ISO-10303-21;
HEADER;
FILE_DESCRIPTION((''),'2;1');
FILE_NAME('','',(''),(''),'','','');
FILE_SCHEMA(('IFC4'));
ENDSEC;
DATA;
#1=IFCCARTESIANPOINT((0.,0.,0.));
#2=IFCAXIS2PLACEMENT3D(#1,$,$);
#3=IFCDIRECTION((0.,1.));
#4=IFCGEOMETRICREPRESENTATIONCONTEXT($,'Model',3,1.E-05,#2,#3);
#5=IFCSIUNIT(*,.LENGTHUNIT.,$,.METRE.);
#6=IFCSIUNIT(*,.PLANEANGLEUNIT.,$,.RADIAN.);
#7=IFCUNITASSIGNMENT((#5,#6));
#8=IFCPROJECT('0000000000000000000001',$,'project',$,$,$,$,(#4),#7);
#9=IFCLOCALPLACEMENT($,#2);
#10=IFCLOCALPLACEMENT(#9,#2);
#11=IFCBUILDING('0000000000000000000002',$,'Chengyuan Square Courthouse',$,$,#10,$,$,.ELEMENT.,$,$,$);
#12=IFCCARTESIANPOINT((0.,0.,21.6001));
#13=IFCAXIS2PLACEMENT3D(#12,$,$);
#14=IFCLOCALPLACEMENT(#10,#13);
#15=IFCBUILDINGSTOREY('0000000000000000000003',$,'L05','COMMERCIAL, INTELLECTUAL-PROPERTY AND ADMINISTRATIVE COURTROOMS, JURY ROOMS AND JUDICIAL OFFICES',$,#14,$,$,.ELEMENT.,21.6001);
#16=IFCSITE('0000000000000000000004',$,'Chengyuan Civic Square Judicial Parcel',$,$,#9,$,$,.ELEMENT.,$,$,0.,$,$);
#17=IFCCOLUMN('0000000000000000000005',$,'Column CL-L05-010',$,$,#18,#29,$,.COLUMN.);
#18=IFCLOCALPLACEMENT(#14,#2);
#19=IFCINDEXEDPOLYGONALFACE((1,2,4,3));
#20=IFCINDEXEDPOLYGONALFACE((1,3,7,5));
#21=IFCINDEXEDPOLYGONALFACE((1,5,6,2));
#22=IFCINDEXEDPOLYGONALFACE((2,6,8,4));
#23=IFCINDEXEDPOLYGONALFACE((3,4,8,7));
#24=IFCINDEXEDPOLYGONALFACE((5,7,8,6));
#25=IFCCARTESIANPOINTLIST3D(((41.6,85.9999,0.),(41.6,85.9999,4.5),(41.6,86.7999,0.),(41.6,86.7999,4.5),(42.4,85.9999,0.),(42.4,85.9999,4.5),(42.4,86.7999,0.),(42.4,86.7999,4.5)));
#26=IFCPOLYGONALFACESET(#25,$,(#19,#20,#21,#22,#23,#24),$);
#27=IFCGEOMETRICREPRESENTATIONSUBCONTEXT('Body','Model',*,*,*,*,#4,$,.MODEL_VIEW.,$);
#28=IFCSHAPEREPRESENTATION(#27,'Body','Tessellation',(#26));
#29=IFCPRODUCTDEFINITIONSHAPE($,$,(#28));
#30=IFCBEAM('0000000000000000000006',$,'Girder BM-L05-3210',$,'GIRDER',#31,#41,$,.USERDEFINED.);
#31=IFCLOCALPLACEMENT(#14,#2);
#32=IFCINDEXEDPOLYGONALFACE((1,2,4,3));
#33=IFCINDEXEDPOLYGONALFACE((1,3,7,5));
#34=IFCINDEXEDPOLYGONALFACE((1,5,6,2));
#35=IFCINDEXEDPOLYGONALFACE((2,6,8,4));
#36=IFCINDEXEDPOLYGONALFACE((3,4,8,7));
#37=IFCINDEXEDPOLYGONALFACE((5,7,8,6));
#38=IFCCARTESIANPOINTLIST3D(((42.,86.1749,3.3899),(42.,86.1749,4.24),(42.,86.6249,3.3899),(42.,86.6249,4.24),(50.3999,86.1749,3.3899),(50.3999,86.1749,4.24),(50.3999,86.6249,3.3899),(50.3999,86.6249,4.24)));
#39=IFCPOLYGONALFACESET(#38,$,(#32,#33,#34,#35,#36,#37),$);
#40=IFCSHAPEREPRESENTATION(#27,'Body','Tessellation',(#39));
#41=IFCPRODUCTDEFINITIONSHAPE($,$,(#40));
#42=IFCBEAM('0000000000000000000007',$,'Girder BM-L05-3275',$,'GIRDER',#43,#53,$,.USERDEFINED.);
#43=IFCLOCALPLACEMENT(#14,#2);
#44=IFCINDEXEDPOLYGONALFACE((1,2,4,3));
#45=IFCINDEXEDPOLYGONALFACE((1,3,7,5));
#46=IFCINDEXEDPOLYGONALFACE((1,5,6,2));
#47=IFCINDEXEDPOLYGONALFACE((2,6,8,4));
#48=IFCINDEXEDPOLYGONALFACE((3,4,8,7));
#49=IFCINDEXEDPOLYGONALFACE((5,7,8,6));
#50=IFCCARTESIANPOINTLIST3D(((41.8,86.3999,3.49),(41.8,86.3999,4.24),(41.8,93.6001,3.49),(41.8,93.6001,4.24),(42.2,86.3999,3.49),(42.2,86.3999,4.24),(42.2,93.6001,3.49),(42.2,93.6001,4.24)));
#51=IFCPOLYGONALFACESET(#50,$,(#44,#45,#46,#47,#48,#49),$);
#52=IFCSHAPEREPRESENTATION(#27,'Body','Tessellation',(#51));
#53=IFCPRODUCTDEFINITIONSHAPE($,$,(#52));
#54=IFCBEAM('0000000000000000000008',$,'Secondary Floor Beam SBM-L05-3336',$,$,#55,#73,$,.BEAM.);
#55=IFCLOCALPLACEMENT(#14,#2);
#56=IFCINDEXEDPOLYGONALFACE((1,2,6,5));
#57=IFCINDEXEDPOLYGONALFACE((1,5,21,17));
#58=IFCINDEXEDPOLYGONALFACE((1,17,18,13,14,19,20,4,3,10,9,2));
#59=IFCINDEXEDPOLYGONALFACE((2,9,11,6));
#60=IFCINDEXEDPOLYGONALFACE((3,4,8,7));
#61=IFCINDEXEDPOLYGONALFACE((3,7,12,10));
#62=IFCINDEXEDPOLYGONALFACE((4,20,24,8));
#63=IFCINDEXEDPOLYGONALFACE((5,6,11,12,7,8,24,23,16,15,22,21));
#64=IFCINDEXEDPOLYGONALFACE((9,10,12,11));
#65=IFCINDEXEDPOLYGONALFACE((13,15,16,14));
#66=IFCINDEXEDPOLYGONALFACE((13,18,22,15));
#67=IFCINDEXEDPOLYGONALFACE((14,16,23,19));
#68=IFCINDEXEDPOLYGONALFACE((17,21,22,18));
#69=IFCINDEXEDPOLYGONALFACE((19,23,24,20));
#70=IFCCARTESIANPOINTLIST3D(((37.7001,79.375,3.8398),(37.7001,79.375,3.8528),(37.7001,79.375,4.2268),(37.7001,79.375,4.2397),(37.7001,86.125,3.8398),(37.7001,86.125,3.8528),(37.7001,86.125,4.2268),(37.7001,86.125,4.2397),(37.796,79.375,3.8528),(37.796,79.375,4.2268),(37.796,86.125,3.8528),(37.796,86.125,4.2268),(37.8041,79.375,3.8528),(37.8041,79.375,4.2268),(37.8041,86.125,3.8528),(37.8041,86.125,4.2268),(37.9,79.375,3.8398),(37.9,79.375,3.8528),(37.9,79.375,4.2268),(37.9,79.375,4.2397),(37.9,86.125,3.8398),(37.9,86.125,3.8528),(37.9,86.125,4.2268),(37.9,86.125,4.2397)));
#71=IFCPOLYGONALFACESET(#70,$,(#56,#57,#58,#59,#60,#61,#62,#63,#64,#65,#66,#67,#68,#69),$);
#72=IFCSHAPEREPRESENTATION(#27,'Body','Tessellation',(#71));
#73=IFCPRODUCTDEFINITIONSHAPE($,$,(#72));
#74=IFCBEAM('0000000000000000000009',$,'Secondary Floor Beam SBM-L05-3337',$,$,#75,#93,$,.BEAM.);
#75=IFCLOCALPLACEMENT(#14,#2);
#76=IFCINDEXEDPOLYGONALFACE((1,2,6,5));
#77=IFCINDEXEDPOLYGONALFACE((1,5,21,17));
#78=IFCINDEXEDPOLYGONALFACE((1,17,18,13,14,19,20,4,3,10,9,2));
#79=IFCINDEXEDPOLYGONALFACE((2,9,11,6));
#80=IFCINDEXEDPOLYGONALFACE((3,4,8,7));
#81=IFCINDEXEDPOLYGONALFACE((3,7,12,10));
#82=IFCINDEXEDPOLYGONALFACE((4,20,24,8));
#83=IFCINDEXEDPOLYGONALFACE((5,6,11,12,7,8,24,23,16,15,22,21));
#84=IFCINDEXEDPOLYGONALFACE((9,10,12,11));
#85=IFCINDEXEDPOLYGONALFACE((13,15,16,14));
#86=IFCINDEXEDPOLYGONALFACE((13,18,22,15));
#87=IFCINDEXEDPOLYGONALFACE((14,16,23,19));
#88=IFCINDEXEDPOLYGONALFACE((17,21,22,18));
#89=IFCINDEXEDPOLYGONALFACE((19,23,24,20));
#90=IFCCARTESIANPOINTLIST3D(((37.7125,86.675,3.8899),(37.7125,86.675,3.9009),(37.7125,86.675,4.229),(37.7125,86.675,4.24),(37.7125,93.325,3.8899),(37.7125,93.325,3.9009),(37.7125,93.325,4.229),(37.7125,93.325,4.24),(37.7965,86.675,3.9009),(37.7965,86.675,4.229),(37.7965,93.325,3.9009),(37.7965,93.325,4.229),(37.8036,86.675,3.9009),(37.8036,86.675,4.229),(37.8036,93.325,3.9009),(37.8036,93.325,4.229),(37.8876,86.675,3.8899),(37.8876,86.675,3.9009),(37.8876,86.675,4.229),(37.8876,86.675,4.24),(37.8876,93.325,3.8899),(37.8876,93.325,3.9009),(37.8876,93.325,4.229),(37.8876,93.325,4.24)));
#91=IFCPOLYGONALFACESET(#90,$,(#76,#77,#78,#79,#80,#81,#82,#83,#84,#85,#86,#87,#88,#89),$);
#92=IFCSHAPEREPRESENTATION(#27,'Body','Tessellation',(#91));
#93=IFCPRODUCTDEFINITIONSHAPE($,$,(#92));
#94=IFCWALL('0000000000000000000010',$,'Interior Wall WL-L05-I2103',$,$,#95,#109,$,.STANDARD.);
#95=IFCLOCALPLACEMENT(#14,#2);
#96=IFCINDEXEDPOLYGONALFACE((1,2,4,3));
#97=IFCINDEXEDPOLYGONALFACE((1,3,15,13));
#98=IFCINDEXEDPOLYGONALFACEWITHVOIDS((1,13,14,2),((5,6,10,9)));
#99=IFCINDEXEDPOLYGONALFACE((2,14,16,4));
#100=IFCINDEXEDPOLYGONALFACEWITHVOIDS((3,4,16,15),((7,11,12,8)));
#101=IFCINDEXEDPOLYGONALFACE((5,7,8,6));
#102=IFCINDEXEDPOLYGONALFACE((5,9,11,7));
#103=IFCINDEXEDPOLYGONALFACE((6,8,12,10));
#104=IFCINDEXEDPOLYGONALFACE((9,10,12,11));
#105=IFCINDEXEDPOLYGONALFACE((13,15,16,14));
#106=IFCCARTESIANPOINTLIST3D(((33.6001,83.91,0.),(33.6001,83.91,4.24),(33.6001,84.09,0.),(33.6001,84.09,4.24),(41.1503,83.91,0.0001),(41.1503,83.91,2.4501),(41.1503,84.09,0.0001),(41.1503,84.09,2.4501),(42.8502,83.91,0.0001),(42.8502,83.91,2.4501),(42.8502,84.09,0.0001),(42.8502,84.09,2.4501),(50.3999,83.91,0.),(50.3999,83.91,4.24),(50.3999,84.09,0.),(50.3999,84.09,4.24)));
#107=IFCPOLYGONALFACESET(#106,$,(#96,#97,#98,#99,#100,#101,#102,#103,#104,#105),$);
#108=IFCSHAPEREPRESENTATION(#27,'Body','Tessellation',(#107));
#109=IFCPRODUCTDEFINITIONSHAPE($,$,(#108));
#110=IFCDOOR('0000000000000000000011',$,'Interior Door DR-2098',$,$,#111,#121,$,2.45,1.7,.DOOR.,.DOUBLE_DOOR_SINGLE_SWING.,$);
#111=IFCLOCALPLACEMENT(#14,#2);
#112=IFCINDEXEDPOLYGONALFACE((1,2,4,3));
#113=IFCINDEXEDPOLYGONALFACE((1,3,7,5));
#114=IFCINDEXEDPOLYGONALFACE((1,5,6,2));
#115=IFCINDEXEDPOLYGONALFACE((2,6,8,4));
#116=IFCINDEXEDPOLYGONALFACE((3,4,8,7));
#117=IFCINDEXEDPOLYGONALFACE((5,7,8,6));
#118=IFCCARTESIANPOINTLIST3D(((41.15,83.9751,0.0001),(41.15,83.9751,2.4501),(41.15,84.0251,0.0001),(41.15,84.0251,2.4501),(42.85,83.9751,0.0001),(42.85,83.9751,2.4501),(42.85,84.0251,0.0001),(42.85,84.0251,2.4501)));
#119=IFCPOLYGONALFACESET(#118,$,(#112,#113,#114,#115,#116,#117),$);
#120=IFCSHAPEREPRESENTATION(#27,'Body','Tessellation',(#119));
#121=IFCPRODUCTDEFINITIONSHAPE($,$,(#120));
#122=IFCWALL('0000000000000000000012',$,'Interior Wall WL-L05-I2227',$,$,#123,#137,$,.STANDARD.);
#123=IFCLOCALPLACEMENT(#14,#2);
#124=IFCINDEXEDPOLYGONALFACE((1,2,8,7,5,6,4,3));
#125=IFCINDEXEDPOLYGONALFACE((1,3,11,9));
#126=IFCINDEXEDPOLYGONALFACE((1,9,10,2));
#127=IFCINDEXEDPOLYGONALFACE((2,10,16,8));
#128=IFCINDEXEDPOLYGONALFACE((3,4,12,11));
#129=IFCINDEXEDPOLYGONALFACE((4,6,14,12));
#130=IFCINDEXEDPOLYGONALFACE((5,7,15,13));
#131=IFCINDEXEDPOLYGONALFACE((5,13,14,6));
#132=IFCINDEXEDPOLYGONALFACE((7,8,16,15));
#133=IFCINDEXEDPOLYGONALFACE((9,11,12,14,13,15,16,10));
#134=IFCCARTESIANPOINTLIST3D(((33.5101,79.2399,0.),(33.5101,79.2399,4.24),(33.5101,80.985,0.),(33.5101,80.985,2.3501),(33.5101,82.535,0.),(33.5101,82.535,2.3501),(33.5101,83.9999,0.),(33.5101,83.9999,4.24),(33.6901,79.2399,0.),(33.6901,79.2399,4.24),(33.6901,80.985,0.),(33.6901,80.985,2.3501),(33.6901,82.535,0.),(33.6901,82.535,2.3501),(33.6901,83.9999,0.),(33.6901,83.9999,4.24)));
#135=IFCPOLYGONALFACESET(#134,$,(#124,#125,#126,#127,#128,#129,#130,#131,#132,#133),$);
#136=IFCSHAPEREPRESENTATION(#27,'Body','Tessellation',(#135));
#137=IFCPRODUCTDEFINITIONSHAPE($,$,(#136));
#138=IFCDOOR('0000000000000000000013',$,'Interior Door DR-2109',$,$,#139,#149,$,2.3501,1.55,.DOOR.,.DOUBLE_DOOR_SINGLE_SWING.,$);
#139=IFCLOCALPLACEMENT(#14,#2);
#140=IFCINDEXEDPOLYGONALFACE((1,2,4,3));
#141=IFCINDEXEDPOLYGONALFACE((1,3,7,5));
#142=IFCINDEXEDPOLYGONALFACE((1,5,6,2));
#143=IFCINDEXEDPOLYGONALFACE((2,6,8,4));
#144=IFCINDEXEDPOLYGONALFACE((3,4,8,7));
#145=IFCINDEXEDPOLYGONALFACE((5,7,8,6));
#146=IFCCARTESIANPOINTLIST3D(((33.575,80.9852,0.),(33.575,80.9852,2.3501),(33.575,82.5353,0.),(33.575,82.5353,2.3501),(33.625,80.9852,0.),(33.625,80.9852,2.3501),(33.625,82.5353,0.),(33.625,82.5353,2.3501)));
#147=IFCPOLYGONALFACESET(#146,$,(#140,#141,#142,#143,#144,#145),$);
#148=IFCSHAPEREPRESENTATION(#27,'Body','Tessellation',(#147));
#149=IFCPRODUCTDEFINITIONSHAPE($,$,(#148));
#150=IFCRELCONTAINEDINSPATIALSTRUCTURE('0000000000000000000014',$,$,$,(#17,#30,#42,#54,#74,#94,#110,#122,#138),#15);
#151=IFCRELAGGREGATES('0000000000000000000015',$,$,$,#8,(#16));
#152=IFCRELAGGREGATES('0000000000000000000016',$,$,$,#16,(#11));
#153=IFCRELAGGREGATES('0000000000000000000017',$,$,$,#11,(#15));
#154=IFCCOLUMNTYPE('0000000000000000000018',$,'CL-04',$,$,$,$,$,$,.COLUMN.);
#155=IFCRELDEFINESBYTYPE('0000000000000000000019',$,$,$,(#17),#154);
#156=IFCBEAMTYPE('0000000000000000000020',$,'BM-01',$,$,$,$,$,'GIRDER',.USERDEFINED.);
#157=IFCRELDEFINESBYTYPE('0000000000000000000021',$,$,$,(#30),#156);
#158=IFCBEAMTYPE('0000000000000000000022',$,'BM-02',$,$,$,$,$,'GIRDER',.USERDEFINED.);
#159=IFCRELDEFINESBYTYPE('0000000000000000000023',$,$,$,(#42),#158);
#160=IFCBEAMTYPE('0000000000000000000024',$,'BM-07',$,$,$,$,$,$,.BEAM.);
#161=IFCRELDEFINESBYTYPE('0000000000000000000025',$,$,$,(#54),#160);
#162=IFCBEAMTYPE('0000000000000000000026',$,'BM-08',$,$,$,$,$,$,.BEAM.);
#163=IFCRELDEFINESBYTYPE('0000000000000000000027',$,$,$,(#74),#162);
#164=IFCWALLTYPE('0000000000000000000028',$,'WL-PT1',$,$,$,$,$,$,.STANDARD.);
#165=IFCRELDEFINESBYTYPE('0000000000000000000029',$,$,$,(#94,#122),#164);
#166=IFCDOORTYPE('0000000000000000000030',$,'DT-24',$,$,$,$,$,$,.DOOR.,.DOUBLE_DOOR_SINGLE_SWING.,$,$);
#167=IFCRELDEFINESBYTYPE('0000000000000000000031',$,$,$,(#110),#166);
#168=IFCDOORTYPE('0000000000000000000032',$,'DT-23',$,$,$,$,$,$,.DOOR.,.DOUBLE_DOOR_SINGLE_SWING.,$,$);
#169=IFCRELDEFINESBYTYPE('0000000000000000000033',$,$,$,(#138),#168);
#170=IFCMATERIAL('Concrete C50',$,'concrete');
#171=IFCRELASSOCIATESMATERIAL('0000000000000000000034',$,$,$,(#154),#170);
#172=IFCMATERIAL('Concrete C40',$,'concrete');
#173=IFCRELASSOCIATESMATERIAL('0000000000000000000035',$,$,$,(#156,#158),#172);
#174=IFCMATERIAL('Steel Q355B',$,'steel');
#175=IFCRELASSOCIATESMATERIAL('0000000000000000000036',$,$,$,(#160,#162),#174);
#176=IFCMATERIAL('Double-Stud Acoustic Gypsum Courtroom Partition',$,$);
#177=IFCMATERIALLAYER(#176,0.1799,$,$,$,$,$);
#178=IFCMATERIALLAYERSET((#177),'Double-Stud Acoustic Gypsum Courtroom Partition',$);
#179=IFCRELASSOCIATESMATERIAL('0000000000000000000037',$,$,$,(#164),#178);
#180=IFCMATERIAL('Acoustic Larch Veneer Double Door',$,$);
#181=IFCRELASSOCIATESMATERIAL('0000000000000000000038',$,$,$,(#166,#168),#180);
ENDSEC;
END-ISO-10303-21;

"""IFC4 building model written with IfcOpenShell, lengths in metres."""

from ifc_helpers import new_model, si_unit, direction, frame, frame_2d, origin, origin_2d, place, context, subcontext, project, spatial, rectangle, i_section, extrude, material, layer, layer_set, material_profile, profile_set, type_object, element, fill, save


model = new_model("IFC4")

# Units and contexts
model_context = context("Model", 3, precision=1e-05, world=origin(), true_north=direction((0.0, 1.0)))
body_context = subcontext(model_context, "Body", "Model", "MODEL_VIEW")
ifc_project = project(units=[si_unit("LENGTHUNIT", "METRE"), si_unit("PLANEANGLEUNIT", "RADIAN")], contexts=[model_context])

# Site, building, storey
site_placement = place(None, origin())
site = spatial("IfcSite", under=ifc_project, at=site_placement, Name="Chengyuan Civic Square Judicial Parcel", CompositionType="ELEMENT", RefElevation=0.0)
building_placement = place(site_placement, origin())
building = spatial("IfcBuilding", under=site, at=building_placement, Name="Chengyuan Square Courthouse", CompositionType="ELEMENT")
storey_placement = place(building_placement, frame((0.0, 0.0, 21.6001)))
storey = spatial("IfcBuildingStorey", under=building, at=storey_placement, Name="L05", Description="COMMERCIAL, INTELLECTUAL-PROPERTY AND ADMINISTRATIVE COURTROOMS, JURY ROOMS AND JUDICIAL OFFICES", CompositionType="ELEMENT", Elevation=21.6001)

# Column
ifc_material_1 = material(Name="Concrete C50", Category="concrete")
ifc_material_profile_1 = material_profile(ifc_material_1, rectangle(XDim=0.8, YDim=0.8, at=origin_2d()), Name="RC-COL-800x800")
ifc_profile_set_1 = profile_set([ifc_material_profile_1], Name="Concrete C50")
column_type = type_object("IfcColumnType", Name="CL-04", PredefinedType="COLUMN", material=ifc_profile_set_1)
column_placement = place(storey_placement, frame((42.0, 86.3999, 0.0), z_axis=(0.0, 0.0, 1.0), x_axis=(1.0, 0.0, 0.0)))
element("IfcColumn", 1, at=column_placement, inside=storey, type_object=column_type, Name="Column CL-L05-010", PredefinedType="COLUMN", context=body_context, shape_type="SweptSolid", body=[
    extrude(rectangle(XDim=0.8, YDim=0.8, at=origin_2d()), origin(), (0.0, 0.0, 1.0), 4.5),
])

# Beams
ifc_material_2 = material(Name="Concrete C40", Category="concrete")
ifc_material_profile_2 = material_profile(ifc_material_2, rectangle(XDim=0.45, YDim=0.8501, at=origin_2d()), Name="RC-BM-450x850")
ifc_profile_set_2 = profile_set([ifc_material_profile_2], Name="Concrete C40")
beam_type_1 = type_object("IfcBeamType", Name="BM-01", ElementType="GIRDER", PredefinedType="USERDEFINED", material=ifc_profile_set_2)
beam_1_placement = place(storey_placement, frame((42.0, 86.3999, 3.8149), z_axis=(1.0, 0.0, 0.0), x_axis=(0.0, 1.0, 0.0)))
element("IfcBeam", 2, at=beam_1_placement, inside=storey, type_object=beam_type_1, Name="Girder BM-L05-3210", ObjectType="GIRDER", PredefinedType="USERDEFINED", context=body_context, shape_type="SweptSolid", body=[
    extrude(rectangle(XDim=0.45, YDim=0.8501, at=origin_2d()), origin(), (0.0, 0.0, 1.0), 8.3999),
])
ifc_material_profile_3 = material_profile(ifc_material_2, rectangle(XDim=0.3999, YDim=0.75, at=origin_2d()), Name="RC-BM-400x750")
ifc_profile_set_3 = profile_set([ifc_material_profile_3], Name="Concrete C40")
beam_type_2 = type_object("IfcBeamType", Name="BM-02", ElementType="GIRDER", PredefinedType="USERDEFINED", material=ifc_profile_set_3)
beam_2_placement = place(storey_placement, frame((42.0, 86.3999, 3.865), z_axis=(0.0, 1.0, 0.0), x_axis=(-1.0, 0.0, 0.0)))
element("IfcBeam", 3, at=beam_2_placement, inside=storey, type_object=beam_type_2, Name="Girder BM-L05-3275", ObjectType="GIRDER", PredefinedType="USERDEFINED", context=body_context, shape_type="SweptSolid", body=[
    extrude(rectangle(XDim=0.3999, YDim=0.75, at=origin_2d()), origin(), (0.0, 0.0, 1.0), 7.2002),
])
ifc_material_3 = material(Name="Steel Q355B", Category="steel")
ifc_material_profile_4 = material_profile(ifc_material_3, i_section(OverallWidth=0.2, OverallDepth=0.3999, WebThickness=0.0081, FlangeThickness=0.0129, at=origin_2d()), Name="HN 400x200x8x13")
ifc_profile_set_4 = profile_set([ifc_material_profile_4], Name="Steel Q355B")
beam_type_3 = type_object("IfcBeamType", Name="BM-07", PredefinedType="BEAM", material=ifc_profile_set_4)
beam_3_placement = place(storey_placement, frame((37.8, 79.375, 4.0398), z_axis=(0.0, 1.0, 0.0), x_axis=(-1.0, 0.0, 0.0)))
element("IfcBeam", 4, at=beam_3_placement, inside=storey, type_object=beam_type_3, Name="Secondary Floor Beam SBM-L05-3336", PredefinedType="BEAM", context=body_context, shape_type="SweptSolid", body=[
    extrude(i_section(OverallWidth=0.2, OverallDepth=0.3999, WebThickness=0.0081, FlangeThickness=0.0129, at=origin_2d()), origin(), (0.0, 0.0, 1.0), 6.75),
])
ifc_material_profile_5 = material_profile(ifc_material_3, i_section(OverallWidth=0.175, OverallDepth=0.3501, WebThickness=0.0071, FlangeThickness=0.011, at=origin_2d()), Name="HN 350x175x7x11")
ifc_profile_set_5 = profile_set([ifc_material_profile_5], Name="Steel Q355B")
beam_type_4 = type_object("IfcBeamType", Name="BM-08", PredefinedType="BEAM", material=ifc_profile_set_5)
beam_4_placement = place(storey_placement, frame((37.8, 86.675, 4.0649), z_axis=(0.0, 1.0, 0.0), x_axis=(-1.0, 0.0, 0.0)))
element("IfcBeam", 5, at=beam_4_placement, inside=storey, type_object=beam_type_4, Name="Secondary Floor Beam SBM-L05-3337", PredefinedType="BEAM", context=body_context, shape_type="SweptSolid", body=[
    extrude(i_section(OverallWidth=0.175, OverallDepth=0.3501, WebThickness=0.0071, FlangeThickness=0.011, at=origin_2d()), origin(), (0.0, 0.0, 1.0), 6.6499),
])

# Walls, openings, doors
ifc_material_4 = material(Name="Double-Stud Acoustic Gypsum Courtroom Partition")
ifc_layer_1 = layer(ifc_material_4, 0.1799)
ifc_layer_set_1 = layer_set([ifc_layer_1], Name="Double-Stud Acoustic Gypsum Courtroom Partition")
wall_type_1 = type_object("IfcWallType", Name="WL-PT1", PredefinedType="STANDARD", material=ifc_layer_set_1)
wall_1_placement = place(storey_placement, frame((33.6001, 84.0, 0.0), z_axis=(0.0, 0.0, 1.0), x_axis=(1.0, 0.0, 0.0)))
wall_1 = element("IfcWall", 6, at=wall_1_placement, inside=storey, type_object=wall_type_1, Name="Interior Wall WL-L05-I2103", PredefinedType="STANDARD", context=body_context, shape_type="SweptSolid", body=[
    extrude(rectangle(XDim=16.7998, YDim=0.1799, at=frame_2d((8.3999, 0.0))), origin(), (0.0, 0.0, 1.0), 4.24),
])
opening_1_placement = place(wall_1_placement, frame((7.55, 0.0, 0.0)))
opening_1 = element("IfcOpeningElement", 7, at=opening_1_placement, cuts=wall_1, PredefinedType="OPENING", context=body_context, shape_type="SweptSolid", body=[
    extrude(rectangle(XDim=1.7, YDim=2.45, at=frame_2d((0.8501, 1.2251))), frame((0.0, 0.1021, 0.0), z_axis=(0.0, -1.0, 0.0), x_axis=(1.0, 0.0, 0.0)), (0.0, 0.0, 1.0), 0.2039),
])
ifc_material_5 = material(Name="Acoustic Larch Veneer Double Door")
door_type_1 = type_object("IfcDoorType", Name="DT-24", OperationType="DOUBLE_DOOR_SINGLE_SWING", PredefinedType="DOOR", material=ifc_material_5)
door_1_placement = place(opening_1_placement, frame((1.7, 0.0, 0.0), z_axis=(0.0, 0.0, 1.0), x_axis=(-1.0, 0.0, 0.0)))
door_1 = element("IfcDoor", 8, at=door_1_placement, inside=storey, type_object=door_type_1, Name="Interior Door DR-2098", OperationType="DOUBLE_DOOR_SINGLE_SWING", OverallHeight=2.45, OverallWidth=1.7, PredefinedType="DOOR", context=body_context, shape_type="SweptSolid", body=[
    extrude(rectangle(XDim=1.7, YDim=2.45, at=frame_2d((0.8501, 1.2251))), frame((0.0, 0.0249, 0.0), z_axis=(0.0, -1.0, 0.0), x_axis=(1.0, 0.0, 0.0)), (0.0, 0.0, 1.0), 0.05),
])
fill(opening_1, door_1)
wall_2_placement = place(storey_placement, frame((33.6001, 79.24, 0.0), z_axis=(0.0, 0.0, 1.0), x_axis=(0.0, 1.0, 0.0)))
wall_2 = element("IfcWall", 9, at=wall_2_placement, inside=storey, type_object=wall_type_1, Name="Interior Wall WL-L05-I2227", PredefinedType="STANDARD", context=body_context, shape_type="SweptSolid", body=[
    extrude(rectangle(XDim=4.76, YDim=0.1799, at=frame_2d((2.3799, 0.0))), origin(), (0.0, 0.0, 1.0), 4.24),
])
opening_2_placement = place(wall_2_placement, frame((1.7451, 0.0, 0.0)))
opening_2 = element("IfcOpeningElement", 10, at=opening_2_placement, cuts=wall_2, PredefinedType="OPENING", context=body_context, shape_type="SweptSolid", body=[
    extrude(rectangle(XDim=1.55, YDim=2.3501, at=frame_2d((0.7749, 1.175))), frame((0.0, 0.1021, 0.0), z_axis=(0.0, -1.0, 0.0), x_axis=(1.0, 0.0, 0.0)), (0.0, 0.0, 1.0), 0.2039),
])
door_type_2 = type_object("IfcDoorType", Name="DT-23", OperationType="DOUBLE_DOOR_SINGLE_SWING", PredefinedType="DOOR", material=ifc_material_5)
door_2_placement = place(opening_2_placement, frame((1.55, 0.0, 0.0), z_axis=(0.0, 0.0, 1.0), x_axis=(-1.0, 0.0, 0.0)))
door_2 = element("IfcDoor", 11, at=door_2_placement, inside=storey, type_object=door_type_2, Name="Interior Door DR-2109", OperationType="DOUBLE_DOOR_SINGLE_SWING", OverallHeight=2.3501, OverallWidth=1.55, PredefinedType="DOOR", context=body_context, shape_type="SweptSolid", body=[
    extrude(rectangle(XDim=1.55, YDim=2.3501, at=frame_2d((0.7749, 1.175))), frame((0.0, 0.0249, 0.0), z_axis=(0.0, -1.0, 0.0), x_axis=(1.0, 0.0, 0.0)), (0.0, 0.0, 1.0), 0.05),
])
fill(opening_2, door_2)

save(model, "model.ifc")
